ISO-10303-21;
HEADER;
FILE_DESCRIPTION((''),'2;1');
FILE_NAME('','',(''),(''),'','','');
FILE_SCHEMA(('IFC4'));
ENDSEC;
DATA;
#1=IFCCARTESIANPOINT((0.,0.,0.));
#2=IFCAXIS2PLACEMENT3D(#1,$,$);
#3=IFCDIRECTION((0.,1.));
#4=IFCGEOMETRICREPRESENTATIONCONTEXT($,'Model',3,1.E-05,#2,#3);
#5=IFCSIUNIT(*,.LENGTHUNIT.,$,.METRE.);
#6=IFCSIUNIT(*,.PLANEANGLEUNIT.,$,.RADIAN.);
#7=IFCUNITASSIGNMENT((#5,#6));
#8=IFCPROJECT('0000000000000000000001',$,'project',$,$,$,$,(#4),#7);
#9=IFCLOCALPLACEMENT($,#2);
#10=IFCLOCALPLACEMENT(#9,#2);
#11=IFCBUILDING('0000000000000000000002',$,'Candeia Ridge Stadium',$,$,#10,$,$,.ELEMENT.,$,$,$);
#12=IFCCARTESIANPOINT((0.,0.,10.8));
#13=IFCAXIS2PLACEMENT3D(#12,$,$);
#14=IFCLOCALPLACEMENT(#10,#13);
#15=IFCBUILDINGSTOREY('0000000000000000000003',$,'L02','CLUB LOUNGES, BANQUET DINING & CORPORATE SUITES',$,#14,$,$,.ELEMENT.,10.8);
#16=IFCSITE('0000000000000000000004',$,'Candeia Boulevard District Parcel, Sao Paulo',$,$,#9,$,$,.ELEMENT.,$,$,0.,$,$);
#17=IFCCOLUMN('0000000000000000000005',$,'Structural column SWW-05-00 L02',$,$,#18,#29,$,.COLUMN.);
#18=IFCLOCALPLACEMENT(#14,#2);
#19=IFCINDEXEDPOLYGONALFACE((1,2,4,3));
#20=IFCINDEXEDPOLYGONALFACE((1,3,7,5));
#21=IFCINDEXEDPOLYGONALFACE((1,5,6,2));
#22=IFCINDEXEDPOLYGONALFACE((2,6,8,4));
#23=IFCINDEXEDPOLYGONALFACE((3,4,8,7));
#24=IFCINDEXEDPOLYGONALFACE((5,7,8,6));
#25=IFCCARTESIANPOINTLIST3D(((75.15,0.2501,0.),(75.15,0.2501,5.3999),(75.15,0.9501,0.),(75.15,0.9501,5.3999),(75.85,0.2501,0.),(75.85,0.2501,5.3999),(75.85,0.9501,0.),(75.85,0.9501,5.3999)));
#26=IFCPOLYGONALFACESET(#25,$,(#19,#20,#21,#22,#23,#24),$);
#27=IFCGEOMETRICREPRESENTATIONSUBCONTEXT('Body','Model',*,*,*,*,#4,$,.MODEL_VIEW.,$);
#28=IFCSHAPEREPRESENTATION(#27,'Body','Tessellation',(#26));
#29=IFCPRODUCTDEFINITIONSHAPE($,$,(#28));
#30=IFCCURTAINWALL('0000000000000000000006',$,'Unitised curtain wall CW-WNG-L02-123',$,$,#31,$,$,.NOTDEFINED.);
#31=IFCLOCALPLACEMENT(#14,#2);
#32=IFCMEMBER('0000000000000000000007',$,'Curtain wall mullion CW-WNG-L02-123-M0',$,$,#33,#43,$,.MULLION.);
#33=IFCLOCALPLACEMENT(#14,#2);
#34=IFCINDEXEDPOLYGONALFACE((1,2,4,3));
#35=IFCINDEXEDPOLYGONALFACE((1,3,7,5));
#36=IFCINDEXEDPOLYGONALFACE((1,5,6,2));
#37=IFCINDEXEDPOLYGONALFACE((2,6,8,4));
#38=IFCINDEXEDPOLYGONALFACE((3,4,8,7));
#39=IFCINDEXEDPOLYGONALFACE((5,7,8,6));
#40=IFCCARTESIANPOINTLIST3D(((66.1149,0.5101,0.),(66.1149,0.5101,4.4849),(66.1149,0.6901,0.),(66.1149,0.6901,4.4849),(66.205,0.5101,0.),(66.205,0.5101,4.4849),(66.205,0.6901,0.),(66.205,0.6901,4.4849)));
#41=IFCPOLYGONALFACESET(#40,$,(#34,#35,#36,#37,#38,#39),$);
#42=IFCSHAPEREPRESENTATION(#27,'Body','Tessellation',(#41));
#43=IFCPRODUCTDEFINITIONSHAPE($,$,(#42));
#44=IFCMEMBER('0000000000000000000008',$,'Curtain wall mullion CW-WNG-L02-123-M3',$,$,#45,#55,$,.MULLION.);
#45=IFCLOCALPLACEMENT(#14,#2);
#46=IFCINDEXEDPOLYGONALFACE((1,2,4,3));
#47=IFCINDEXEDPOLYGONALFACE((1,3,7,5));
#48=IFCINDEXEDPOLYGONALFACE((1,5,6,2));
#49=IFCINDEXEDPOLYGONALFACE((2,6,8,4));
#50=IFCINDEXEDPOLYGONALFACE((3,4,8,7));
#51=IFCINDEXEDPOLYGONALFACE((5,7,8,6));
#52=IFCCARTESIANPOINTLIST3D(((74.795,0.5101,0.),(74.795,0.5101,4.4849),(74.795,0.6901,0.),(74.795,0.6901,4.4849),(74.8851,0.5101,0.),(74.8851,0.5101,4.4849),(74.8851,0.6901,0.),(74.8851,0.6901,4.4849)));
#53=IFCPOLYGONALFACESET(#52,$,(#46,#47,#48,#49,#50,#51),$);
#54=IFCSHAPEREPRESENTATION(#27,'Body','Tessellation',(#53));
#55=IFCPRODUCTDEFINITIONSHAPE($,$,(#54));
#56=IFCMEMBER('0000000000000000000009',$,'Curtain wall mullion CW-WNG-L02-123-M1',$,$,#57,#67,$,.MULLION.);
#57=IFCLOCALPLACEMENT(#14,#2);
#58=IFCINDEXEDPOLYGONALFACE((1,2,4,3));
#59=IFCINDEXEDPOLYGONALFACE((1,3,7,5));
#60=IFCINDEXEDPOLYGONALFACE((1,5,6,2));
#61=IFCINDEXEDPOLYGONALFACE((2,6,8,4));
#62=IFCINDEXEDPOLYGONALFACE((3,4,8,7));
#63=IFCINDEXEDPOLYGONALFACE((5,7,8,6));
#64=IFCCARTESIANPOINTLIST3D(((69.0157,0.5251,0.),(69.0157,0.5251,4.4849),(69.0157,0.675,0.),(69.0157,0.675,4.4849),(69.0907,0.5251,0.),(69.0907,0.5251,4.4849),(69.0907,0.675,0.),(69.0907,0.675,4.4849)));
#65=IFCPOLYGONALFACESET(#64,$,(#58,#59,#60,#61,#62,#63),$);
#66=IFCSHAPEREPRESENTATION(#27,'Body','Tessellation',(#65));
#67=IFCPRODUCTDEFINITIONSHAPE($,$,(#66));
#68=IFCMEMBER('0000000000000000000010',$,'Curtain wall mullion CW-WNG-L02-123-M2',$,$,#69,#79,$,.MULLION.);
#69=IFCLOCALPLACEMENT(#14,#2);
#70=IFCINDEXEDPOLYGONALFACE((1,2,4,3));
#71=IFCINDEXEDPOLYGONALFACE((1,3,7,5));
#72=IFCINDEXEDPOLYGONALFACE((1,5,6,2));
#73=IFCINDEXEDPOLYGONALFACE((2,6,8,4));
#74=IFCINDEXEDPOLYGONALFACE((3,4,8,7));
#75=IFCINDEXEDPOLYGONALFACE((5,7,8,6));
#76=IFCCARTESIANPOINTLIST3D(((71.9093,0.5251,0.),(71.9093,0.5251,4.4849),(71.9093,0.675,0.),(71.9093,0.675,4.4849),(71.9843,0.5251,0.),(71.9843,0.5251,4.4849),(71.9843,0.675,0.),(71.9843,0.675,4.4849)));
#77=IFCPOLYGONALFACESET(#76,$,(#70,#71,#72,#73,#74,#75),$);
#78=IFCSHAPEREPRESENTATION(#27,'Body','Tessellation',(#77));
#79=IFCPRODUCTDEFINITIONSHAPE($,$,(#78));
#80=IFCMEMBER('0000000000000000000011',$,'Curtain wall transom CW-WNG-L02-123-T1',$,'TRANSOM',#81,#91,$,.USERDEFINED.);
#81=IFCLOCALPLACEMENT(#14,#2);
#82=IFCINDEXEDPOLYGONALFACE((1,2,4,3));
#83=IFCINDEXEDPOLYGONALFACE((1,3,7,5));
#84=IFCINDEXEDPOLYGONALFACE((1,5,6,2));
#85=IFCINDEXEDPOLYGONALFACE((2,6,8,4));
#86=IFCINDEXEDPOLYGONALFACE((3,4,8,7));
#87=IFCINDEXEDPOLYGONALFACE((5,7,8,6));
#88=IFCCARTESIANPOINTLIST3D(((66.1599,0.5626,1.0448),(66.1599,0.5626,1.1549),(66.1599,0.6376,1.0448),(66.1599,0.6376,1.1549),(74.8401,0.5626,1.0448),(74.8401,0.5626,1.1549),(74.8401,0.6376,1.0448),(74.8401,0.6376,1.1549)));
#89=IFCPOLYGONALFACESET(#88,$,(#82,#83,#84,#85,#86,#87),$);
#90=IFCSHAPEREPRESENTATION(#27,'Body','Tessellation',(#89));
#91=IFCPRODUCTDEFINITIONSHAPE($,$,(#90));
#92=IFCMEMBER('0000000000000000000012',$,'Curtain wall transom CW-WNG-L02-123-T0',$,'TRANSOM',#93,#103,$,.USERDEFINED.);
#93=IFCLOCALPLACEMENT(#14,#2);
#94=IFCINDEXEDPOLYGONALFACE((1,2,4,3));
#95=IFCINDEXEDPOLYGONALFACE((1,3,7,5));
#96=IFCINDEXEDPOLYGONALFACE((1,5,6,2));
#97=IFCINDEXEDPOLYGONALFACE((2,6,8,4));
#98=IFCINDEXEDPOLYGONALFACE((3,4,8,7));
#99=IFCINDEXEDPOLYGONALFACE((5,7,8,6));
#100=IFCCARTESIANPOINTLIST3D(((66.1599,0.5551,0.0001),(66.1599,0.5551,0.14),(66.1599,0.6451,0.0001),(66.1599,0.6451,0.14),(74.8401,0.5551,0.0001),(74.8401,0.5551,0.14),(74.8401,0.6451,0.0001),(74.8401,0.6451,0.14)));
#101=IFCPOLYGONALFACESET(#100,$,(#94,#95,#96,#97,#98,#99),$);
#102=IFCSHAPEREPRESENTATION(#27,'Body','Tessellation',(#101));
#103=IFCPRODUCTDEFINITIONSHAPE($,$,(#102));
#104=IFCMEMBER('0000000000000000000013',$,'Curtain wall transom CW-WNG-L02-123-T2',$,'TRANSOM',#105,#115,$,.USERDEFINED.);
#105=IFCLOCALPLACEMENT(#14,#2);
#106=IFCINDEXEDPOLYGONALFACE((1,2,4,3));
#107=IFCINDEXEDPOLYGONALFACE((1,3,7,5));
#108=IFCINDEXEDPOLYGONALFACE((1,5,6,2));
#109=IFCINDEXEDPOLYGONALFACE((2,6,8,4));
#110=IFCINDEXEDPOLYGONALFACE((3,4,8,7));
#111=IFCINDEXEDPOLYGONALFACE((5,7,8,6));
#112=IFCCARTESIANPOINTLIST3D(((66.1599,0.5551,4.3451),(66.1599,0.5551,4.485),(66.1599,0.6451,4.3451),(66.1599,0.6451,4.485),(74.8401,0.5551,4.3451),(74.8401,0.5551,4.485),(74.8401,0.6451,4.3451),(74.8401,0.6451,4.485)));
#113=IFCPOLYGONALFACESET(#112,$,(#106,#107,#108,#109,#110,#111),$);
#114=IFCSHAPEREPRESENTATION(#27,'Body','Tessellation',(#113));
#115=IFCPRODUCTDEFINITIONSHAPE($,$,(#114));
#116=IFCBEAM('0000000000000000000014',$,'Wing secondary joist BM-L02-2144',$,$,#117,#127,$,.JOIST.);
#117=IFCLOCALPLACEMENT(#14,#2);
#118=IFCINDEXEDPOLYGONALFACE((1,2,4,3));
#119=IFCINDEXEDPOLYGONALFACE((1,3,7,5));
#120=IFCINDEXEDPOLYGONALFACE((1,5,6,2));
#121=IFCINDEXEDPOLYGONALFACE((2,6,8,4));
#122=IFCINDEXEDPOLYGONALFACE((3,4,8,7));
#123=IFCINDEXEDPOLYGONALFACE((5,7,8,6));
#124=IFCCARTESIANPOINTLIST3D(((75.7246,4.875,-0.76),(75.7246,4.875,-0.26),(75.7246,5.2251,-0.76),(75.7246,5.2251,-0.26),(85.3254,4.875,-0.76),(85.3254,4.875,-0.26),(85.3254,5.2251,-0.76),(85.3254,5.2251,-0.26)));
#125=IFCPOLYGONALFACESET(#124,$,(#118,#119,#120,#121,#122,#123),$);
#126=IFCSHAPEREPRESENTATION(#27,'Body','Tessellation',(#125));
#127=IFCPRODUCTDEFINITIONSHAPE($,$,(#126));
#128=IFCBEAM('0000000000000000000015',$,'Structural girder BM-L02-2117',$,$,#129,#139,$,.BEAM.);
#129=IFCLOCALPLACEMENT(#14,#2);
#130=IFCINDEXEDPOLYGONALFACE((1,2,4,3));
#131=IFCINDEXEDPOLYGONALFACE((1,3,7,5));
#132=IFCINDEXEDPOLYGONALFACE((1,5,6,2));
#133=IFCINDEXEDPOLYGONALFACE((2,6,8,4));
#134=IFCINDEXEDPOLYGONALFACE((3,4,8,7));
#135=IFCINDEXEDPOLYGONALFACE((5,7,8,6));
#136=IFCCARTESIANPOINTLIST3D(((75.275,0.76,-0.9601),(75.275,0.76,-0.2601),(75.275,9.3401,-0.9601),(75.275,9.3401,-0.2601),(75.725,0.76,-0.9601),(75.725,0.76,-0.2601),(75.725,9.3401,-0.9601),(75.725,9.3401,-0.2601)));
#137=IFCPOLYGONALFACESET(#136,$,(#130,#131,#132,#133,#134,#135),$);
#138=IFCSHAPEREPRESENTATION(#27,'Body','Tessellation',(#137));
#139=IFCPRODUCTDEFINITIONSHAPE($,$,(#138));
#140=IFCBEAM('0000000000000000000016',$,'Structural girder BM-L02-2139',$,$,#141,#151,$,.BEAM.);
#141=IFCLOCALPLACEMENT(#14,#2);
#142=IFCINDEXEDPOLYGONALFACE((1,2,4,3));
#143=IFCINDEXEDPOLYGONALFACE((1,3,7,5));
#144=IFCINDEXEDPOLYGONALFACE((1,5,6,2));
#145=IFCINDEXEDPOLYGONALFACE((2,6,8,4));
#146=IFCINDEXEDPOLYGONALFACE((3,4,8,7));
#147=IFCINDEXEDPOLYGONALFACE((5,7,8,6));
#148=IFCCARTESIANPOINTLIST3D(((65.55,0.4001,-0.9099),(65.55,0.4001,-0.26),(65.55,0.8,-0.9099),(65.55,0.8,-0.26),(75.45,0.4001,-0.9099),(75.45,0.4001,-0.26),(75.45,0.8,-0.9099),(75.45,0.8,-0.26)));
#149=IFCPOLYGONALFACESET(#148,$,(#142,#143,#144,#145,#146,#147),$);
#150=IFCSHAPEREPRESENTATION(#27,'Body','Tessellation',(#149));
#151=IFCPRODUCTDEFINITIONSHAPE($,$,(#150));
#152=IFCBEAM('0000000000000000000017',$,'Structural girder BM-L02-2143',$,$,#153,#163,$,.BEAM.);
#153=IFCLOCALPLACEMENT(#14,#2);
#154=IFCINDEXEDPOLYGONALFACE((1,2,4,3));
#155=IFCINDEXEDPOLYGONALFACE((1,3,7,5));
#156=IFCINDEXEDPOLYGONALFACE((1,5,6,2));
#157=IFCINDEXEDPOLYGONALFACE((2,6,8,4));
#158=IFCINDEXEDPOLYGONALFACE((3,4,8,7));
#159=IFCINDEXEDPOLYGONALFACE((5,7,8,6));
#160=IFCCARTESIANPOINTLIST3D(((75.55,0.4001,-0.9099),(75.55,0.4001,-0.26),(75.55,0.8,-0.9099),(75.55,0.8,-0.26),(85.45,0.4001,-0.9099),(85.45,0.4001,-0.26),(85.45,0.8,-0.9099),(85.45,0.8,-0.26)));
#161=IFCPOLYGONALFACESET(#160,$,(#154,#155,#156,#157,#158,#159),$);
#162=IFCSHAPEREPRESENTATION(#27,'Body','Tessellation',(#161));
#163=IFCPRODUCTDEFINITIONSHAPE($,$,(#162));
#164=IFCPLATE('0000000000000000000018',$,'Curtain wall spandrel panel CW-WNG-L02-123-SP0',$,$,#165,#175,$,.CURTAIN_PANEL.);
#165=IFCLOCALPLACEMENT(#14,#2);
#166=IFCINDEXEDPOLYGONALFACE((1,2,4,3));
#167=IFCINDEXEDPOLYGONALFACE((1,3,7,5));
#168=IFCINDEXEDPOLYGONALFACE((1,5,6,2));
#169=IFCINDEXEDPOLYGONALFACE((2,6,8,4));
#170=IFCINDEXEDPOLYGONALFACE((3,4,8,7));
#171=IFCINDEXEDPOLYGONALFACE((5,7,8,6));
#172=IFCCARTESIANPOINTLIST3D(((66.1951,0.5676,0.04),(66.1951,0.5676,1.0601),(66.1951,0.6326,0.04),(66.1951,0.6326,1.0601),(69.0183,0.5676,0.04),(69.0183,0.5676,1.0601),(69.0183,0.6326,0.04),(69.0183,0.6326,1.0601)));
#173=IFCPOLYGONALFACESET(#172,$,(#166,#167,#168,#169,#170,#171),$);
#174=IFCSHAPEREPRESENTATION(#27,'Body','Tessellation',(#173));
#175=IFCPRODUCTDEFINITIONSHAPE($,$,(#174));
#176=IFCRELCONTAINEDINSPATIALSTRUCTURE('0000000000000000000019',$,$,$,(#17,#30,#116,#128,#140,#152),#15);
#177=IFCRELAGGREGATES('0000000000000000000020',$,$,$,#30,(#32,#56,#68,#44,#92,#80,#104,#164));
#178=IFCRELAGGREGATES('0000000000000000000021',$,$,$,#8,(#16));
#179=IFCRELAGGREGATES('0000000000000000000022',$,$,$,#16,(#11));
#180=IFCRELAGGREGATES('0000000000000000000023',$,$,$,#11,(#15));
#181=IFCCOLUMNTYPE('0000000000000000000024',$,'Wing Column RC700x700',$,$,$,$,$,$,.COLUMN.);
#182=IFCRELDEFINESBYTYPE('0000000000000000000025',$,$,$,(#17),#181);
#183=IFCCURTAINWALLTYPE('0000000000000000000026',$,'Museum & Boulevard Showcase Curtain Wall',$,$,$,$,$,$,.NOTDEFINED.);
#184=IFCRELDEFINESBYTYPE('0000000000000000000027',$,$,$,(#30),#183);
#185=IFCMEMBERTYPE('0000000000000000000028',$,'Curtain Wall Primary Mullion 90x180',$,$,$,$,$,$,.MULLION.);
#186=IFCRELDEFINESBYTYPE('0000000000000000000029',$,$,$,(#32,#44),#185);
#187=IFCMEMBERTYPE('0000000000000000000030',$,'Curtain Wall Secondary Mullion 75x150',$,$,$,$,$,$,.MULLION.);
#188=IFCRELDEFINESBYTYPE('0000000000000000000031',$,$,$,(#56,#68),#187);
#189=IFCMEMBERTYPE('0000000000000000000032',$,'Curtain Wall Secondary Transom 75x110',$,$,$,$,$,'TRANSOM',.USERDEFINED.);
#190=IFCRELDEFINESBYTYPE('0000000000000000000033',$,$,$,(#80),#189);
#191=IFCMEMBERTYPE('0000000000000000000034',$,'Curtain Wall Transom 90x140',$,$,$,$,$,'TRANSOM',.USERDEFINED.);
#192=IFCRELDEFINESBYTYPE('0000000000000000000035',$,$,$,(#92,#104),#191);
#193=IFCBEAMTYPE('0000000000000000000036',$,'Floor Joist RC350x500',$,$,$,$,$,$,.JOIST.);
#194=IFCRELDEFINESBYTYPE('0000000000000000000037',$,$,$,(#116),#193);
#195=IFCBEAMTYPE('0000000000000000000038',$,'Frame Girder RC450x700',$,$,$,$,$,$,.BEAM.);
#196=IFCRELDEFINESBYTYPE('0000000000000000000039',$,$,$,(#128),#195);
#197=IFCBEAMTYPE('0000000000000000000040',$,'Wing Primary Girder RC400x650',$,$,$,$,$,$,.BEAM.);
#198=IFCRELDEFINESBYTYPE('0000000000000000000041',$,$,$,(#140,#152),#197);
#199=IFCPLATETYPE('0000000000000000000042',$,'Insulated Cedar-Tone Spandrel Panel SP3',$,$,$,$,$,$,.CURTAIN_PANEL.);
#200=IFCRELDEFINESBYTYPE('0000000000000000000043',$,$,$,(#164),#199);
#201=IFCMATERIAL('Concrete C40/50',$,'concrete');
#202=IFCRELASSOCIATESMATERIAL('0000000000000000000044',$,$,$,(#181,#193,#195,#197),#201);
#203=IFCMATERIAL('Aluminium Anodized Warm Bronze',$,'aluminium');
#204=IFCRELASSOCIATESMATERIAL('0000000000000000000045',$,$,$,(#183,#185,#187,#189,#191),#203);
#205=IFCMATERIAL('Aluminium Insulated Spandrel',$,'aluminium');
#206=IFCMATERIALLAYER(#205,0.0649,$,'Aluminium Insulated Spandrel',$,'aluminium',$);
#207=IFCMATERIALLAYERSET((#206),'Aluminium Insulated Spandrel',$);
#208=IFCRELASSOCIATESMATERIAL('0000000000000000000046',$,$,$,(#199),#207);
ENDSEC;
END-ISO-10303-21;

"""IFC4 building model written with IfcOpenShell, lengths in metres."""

from ifc_helpers import new_model, si_unit, direction, frame, origin, origin_2d, place, context, subcontext, project, spatial, rectangle, extrude, material, layer, layer_set, material_profile, profile_set, type_object, element, aggregate, save


model = new_model("IFC4")

# Units and contexts
model_context = context("Model", 3, precision=1e-05, world=origin(), true_north=direction((0.0, 1.0)))
body_context = subcontext(model_context, "Body", "Model", "MODEL_VIEW")
ifc_project = project(units=[si_unit("LENGTHUNIT", "METRE"), si_unit("PLANEANGLEUNIT", "RADIAN")], contexts=[model_context])

# Site, building, storey
site_placement = place(None, origin())
site = spatial("IfcSite", under=ifc_project, at=site_placement, Name="Candeia Boulevard District Parcel, Sao Paulo", CompositionType="ELEMENT", RefElevation=0.0)
building_placement = place(site_placement, origin())
building = spatial("IfcBuilding", under=site, at=building_placement, Name="Candeia Ridge Stadium", CompositionType="ELEMENT")
storey_placement = place(building_placement, frame((0.0, 0.0, 10.8)))
storey = spatial("IfcBuildingStorey", under=building, at=storey_placement, Name="L02", Description="CLUB LOUNGES, BANQUET DINING & CORPORATE SUITES", CompositionType="ELEMENT", Elevation=10.8)

# Column
ifc_material_1 = material(Name="Concrete C40/50", Category="concrete")
ifc_material_profile_1 = material_profile(ifc_material_1, rectangle(XDim=0.7, YDim=0.7, at=origin_2d()), Name="RC700x700", Category="concrete")
ifc_profile_set_1 = profile_set([ifc_material_profile_1], Name="Concrete C40/50")
column_type = type_object("IfcColumnType", Name="Wing Column RC700x700", PredefinedType="COLUMN", material=ifc_profile_set_1)
column_placement = place(storey_placement, frame((75.5, 0.6001, 0.0), z_axis=(0.0, 0.0, 1.0), x_axis=(1.0, 0.0, 0.0)))
element("IfcColumn", 1, at=column_placement, inside=storey, type_object=column_type, Name="Structural column SWW-05-00 L02", PredefinedType="COLUMN", context=body_context, shape_type="SweptSolid", body=[
    extrude(rectangle(XDim=0.7, YDim=0.7, at=origin_2d()), origin(), (0.0, 0.0, 1.0), 5.3999),
])

# Curtain wall, members
ifc_material_2 = material(Name="Aluminium Anodized Warm Bronze", Category="aluminium")
curtain_wall_type = type_object("IfcCurtainWallType", Name="Museum & Boulevard Showcase Curtain Wall", PredefinedType="NOTDEFINED", material=ifc_material_2)
curtain_wall_placement = place(storey_placement, origin())
curtain_wall = element("IfcCurtainWall", 2, at=curtain_wall_placement, inside=storey, type_object=curtain_wall_type, Name="Unitised curtain wall CW-WNG-L02-123", PredefinedType="NOTDEFINED")
ifc_material_profile_2 = material_profile(ifc_material_2, rectangle(XDim=0.0901, YDim=0.1799, at=origin_2d()), Name="CWM-90x180", Category="aluminium")
ifc_profile_set_2 = profile_set([ifc_material_profile_2], Name="Aluminium Anodized Warm Bronze")
member_type_1 = type_object("IfcMemberType", Name="Curtain Wall Primary Mullion 90x180", PredefinedType="MULLION", material=ifc_profile_set_2)
member_1_placement = place(storey_placement, frame((66.1599, 0.6001, 0.0), z_axis=(0.0, 0.0, 1.0), x_axis=(1.0, 0.0, 0.0)))
member_1 = element("IfcMember", 3, at=member_1_placement, type_object=member_type_1, Name="Curtain wall mullion CW-WNG-L02-123-M0", PredefinedType="MULLION", context=body_context, shape_type="SweptSolid", body=[
    extrude(rectangle(XDim=0.0901, YDim=0.1799, at=origin_2d()), origin(), (0.0, 0.0, 1.0), 4.4849),
])
member_2_placement = place(storey_placement, frame((74.8401, 0.6001, 0.0), z_axis=(0.0, 0.0, 1.0), x_axis=(1.0, 0.0, 0.0)))
member_2 = element("IfcMember", 4, at=member_2_placement, type_object=member_type_1, Name="Curtain wall mullion CW-WNG-L02-123-M3", PredefinedType="MULLION", context=body_context, shape_type="SweptSolid", body=[
    extrude(rectangle(XDim=0.0901, YDim=0.1799, at=origin_2d()), origin(), (0.0, 0.0, 1.0), 4.4849),
])
ifc_material_profile_3 = material_profile(ifc_material_2, rectangle(XDim=0.075, YDim=0.1499, at=origin_2d()), Name="CWM-75x150", Category="aluminium")
ifc_profile_set_3 = profile_set([ifc_material_profile_3], Name="Aluminium Anodized Warm Bronze")
member_type_2 = type_object("IfcMemberType", Name="Curtain Wall Secondary Mullion 75x150", PredefinedType="MULLION", material=ifc_profile_set_3)
member_3_placement = place(storey_placement, frame((69.0532, 0.6001, 0.0), z_axis=(0.0, 0.0, 1.0), x_axis=(1.0, 0.0, 0.0)))
member_3 = element("IfcMember", 5, at=member_3_placement, type_object=member_type_2, Name="Curtain wall mullion CW-WNG-L02-123-M1", PredefinedType="MULLION", context=body_context, shape_type="SweptSolid", body=[
    extrude(rectangle(XDim=0.075, YDim=0.1499, at=origin_2d()), origin(), (0.0, 0.0, 1.0), 4.4849),
])
member_4_placement = place(storey_placement, frame((71.9468, 0.6001, 0.0), z_axis=(0.0, 0.0, 1.0), x_axis=(1.0, 0.0, 0.0)))
member_4 = element("IfcMember", 6, at=member_4_placement, type_object=member_type_2, Name="Curtain wall mullion CW-WNG-L02-123-M2", PredefinedType="MULLION", context=body_context, shape_type="SweptSolid", body=[
    extrude(rectangle(XDim=0.075, YDim=0.1499, at=origin_2d()), origin(), (0.0, 0.0, 1.0), 4.4849),
])
ifc_material_profile_4 = material_profile(ifc_material_2, rectangle(XDim=0.075, YDim=0.1101, at=origin_2d()), Name="CWT-75x110", Category="aluminium")
ifc_profile_set_4 = profile_set([ifc_material_profile_4], Name="Aluminium Anodized Warm Bronze")
member_type_3 = type_object("IfcMemberType", Name="Curtain Wall Secondary Transom 75x110", ElementType="TRANSOM", PredefinedType="USERDEFINED", material=ifc_profile_set_4)
member_5_placement = place(storey_placement, frame((66.1599, 0.6001, 1.0999), z_axis=(1.0, 0.0, 0.0), x_axis=(0.0, 1.0, 0.0)))
member_5 = element("IfcMember", 7, at=member_5_placement, type_object=member_type_3, Name="Curtain wall transom CW-WNG-L02-123-T1", ObjectType="TRANSOM", PredefinedType="USERDEFINED", context=body_context, shape_type="SweptSolid", body=[
    extrude(rectangle(XDim=0.075, YDim=0.1101, at=origin_2d()), origin(), (0.0, 0.0, 1.0), 8.6802),
])
ifc_material_profile_5 = material_profile(ifc_material_2, rectangle(XDim=0.0901, YDim=0.1399, at=origin_2d()), Name="CWT-90x140", Category="aluminium")
ifc_profile_set_5 = profile_set([ifc_material_profile_5], Name="Aluminium Anodized Warm Bronze")
member_type_4 = type_object("IfcMemberType", Name="Curtain Wall Transom 90x140", ElementType="TRANSOM", PredefinedType="USERDEFINED", material=ifc_profile_set_5)
member_6_placement = place(storey_placement, frame((66.1599, 0.6001, 0.0701), z_axis=(1.0, 0.0, 0.0), x_axis=(0.0, 1.0, 0.0)))
member_6 = element("IfcMember", 8, at=member_6_placement, type_object=member_type_4, Name="Curtain wall transom CW-WNG-L02-123-T0", ObjectType="TRANSOM", PredefinedType="USERDEFINED", context=body_context, shape_type="SweptSolid", body=[
    extrude(rectangle(XDim=0.0901, YDim=0.1399, at=origin_2d()), origin(), (0.0, 0.0, 1.0), 8.6802),
])
member_7_placement = place(storey_placement, frame((66.1599, 0.6001, 4.415), z_axis=(1.0, 0.0, 0.0), x_axis=(0.0, 1.0, 0.0)))
member_7 = element("IfcMember", 9, at=member_7_placement, type_object=member_type_4, Name="Curtain wall transom CW-WNG-L02-123-T2", ObjectType="TRANSOM", PredefinedType="USERDEFINED", context=body_context, shape_type="SweptSolid", body=[
    extrude(rectangle(XDim=0.0901, YDim=0.1399, at=origin_2d()), origin(), (0.0, 0.0, 1.0), 8.6802),
])

# Beams
ifc_material_profile_6 = material_profile(ifc_material_1, rectangle(XDim=0.3501, YDim=0.5, at=origin_2d()), Name="RC350x500", Category="concrete")
ifc_profile_set_6 = profile_set([ifc_material_profile_6], Name="Concrete C40/50")
beam_type_1 = type_object("IfcBeamType", Name="Floor Joist RC350x500", PredefinedType="JOIST", material=ifc_profile_set_6)
beam_1_placement = place(storey_placement, frame((75.7246, 5.05, -0.51), z_axis=(1.0, 0.0, 0.0), x_axis=(0.0, 1.0, 0.0)))
element("IfcBeam", 10, at=beam_1_placement, inside=storey, type_object=beam_type_1, Name="Wing secondary joist BM-L02-2144", PredefinedType="JOIST", context=body_context, shape_type="SweptSolid", body=[
    extrude(rectangle(XDim=0.3501, YDim=0.5, at=origin_2d()), origin(), (0.0, 0.0, 1.0), 9.6008),
])
ifc_material_profile_7 = material_profile(ifc_material_1, rectangle(XDim=0.45, YDim=0.7, at=origin_2d()), Name="RC450x700", Category="concrete")
ifc_profile_set_7 = profile_set([ifc_material_profile_7], Name="Concrete C40/50")
beam_type_2 = type_object("IfcBeamType", Name="Frame Girder RC450x700", PredefinedType="BEAM", material=ifc_profile_set_7)
beam_2_placement = place(storey_placement, frame((75.5, 0.76, -0.6101), z_axis=(0.0, 1.0, 0.0), x_axis=(-1.0, 0.0, 0.0)))
element("IfcBeam", 11, at=beam_2_placement, inside=storey, type_object=beam_type_2, Name="Structural girder BM-L02-2117", PredefinedType="BEAM", context=body_context, shape_type="SweptSolid", body=[
    extrude(rectangle(XDim=0.45, YDim=0.7, at=origin_2d()), origin(), (0.0, 0.0, 1.0), 8.5801),
])
ifc_material_profile_8 = material_profile(ifc_material_1, rectangle(XDim=0.3999, YDim=0.6499, at=origin_2d()), Name="RC400x650", Category="concrete")
ifc_profile_set_8 = profile_set([ifc_material_profile_8], Name="Concrete C40/50")
beam_type_3 = type_object("IfcBeamType", Name="Wing Primary Girder RC400x650", PredefinedType="BEAM", material=ifc_profile_set_8)
for number, where, z_axis, x_axis, name in (
    (12, (65.55, 0.6001, -0.585), (1.0, 0.0, 0.0), (0.0, 1.0, 0.0), "Structural girder BM-L02-2139"),
    (13, (75.55, 0.6001, -0.585), (1.0, 0.0, 0.0), (0.0, 1.0, 0.0), "Structural girder BM-L02-2143"),
):
    element("IfcBeam", number, at=place(storey_placement, frame(where, z_axis=z_axis, x_axis=x_axis)), inside=storey, type_object=beam_type_3, Name=name, PredefinedType="BEAM", context=body_context, shape_type="SweptSolid", body=[
        extrude(rectangle(XDim=0.3999, YDim=0.6499, at=origin_2d()), origin(), (0.0, 0.0, 1.0), 9.8999),
    ])

# Plate
ifc_material_3 = material(Name="Aluminium Insulated Spandrel", Category="aluminium")
ifc_layer_1 = layer(ifc_material_3, 0.0649, Name="Aluminium Insulated Spandrel", Category="aluminium")
ifc_layer_set_1 = layer_set([ifc_layer_1], Name="Aluminium Insulated Spandrel")
plate_type_1 = type_object("IfcPlateType", Name="Insulated Cedar-Tone Spandrel Panel SP3", PredefinedType="CURTAIN_PANEL", material=ifc_layer_set_1)
plate_1_placement = place(storey_placement, frame((67.6067, 0.6001, 0.04), z_axis=(0.0, 0.0, 1.0), x_axis=(1.0, 0.0, 0.0)))
plate_1 = element("IfcPlate", 14, at=plate_1_placement, type_object=plate_type_1, Name="Curtain wall spandrel panel CW-WNG-L02-123-SP0", PredefinedType="CURTAIN_PANEL", context=body_context, shape_type="SweptSolid", body=[
    extrude(rectangle(XDim=2.8232, YDim=0.0649, at=origin_2d()), origin(), (0.0, 0.0, 1.0), 1.02),
])
aggregate(curtain_wall, [member_1, member_3, member_4, member_2, member_6, member_5, member_7, plate_1])

save(model, "model.ifc")
